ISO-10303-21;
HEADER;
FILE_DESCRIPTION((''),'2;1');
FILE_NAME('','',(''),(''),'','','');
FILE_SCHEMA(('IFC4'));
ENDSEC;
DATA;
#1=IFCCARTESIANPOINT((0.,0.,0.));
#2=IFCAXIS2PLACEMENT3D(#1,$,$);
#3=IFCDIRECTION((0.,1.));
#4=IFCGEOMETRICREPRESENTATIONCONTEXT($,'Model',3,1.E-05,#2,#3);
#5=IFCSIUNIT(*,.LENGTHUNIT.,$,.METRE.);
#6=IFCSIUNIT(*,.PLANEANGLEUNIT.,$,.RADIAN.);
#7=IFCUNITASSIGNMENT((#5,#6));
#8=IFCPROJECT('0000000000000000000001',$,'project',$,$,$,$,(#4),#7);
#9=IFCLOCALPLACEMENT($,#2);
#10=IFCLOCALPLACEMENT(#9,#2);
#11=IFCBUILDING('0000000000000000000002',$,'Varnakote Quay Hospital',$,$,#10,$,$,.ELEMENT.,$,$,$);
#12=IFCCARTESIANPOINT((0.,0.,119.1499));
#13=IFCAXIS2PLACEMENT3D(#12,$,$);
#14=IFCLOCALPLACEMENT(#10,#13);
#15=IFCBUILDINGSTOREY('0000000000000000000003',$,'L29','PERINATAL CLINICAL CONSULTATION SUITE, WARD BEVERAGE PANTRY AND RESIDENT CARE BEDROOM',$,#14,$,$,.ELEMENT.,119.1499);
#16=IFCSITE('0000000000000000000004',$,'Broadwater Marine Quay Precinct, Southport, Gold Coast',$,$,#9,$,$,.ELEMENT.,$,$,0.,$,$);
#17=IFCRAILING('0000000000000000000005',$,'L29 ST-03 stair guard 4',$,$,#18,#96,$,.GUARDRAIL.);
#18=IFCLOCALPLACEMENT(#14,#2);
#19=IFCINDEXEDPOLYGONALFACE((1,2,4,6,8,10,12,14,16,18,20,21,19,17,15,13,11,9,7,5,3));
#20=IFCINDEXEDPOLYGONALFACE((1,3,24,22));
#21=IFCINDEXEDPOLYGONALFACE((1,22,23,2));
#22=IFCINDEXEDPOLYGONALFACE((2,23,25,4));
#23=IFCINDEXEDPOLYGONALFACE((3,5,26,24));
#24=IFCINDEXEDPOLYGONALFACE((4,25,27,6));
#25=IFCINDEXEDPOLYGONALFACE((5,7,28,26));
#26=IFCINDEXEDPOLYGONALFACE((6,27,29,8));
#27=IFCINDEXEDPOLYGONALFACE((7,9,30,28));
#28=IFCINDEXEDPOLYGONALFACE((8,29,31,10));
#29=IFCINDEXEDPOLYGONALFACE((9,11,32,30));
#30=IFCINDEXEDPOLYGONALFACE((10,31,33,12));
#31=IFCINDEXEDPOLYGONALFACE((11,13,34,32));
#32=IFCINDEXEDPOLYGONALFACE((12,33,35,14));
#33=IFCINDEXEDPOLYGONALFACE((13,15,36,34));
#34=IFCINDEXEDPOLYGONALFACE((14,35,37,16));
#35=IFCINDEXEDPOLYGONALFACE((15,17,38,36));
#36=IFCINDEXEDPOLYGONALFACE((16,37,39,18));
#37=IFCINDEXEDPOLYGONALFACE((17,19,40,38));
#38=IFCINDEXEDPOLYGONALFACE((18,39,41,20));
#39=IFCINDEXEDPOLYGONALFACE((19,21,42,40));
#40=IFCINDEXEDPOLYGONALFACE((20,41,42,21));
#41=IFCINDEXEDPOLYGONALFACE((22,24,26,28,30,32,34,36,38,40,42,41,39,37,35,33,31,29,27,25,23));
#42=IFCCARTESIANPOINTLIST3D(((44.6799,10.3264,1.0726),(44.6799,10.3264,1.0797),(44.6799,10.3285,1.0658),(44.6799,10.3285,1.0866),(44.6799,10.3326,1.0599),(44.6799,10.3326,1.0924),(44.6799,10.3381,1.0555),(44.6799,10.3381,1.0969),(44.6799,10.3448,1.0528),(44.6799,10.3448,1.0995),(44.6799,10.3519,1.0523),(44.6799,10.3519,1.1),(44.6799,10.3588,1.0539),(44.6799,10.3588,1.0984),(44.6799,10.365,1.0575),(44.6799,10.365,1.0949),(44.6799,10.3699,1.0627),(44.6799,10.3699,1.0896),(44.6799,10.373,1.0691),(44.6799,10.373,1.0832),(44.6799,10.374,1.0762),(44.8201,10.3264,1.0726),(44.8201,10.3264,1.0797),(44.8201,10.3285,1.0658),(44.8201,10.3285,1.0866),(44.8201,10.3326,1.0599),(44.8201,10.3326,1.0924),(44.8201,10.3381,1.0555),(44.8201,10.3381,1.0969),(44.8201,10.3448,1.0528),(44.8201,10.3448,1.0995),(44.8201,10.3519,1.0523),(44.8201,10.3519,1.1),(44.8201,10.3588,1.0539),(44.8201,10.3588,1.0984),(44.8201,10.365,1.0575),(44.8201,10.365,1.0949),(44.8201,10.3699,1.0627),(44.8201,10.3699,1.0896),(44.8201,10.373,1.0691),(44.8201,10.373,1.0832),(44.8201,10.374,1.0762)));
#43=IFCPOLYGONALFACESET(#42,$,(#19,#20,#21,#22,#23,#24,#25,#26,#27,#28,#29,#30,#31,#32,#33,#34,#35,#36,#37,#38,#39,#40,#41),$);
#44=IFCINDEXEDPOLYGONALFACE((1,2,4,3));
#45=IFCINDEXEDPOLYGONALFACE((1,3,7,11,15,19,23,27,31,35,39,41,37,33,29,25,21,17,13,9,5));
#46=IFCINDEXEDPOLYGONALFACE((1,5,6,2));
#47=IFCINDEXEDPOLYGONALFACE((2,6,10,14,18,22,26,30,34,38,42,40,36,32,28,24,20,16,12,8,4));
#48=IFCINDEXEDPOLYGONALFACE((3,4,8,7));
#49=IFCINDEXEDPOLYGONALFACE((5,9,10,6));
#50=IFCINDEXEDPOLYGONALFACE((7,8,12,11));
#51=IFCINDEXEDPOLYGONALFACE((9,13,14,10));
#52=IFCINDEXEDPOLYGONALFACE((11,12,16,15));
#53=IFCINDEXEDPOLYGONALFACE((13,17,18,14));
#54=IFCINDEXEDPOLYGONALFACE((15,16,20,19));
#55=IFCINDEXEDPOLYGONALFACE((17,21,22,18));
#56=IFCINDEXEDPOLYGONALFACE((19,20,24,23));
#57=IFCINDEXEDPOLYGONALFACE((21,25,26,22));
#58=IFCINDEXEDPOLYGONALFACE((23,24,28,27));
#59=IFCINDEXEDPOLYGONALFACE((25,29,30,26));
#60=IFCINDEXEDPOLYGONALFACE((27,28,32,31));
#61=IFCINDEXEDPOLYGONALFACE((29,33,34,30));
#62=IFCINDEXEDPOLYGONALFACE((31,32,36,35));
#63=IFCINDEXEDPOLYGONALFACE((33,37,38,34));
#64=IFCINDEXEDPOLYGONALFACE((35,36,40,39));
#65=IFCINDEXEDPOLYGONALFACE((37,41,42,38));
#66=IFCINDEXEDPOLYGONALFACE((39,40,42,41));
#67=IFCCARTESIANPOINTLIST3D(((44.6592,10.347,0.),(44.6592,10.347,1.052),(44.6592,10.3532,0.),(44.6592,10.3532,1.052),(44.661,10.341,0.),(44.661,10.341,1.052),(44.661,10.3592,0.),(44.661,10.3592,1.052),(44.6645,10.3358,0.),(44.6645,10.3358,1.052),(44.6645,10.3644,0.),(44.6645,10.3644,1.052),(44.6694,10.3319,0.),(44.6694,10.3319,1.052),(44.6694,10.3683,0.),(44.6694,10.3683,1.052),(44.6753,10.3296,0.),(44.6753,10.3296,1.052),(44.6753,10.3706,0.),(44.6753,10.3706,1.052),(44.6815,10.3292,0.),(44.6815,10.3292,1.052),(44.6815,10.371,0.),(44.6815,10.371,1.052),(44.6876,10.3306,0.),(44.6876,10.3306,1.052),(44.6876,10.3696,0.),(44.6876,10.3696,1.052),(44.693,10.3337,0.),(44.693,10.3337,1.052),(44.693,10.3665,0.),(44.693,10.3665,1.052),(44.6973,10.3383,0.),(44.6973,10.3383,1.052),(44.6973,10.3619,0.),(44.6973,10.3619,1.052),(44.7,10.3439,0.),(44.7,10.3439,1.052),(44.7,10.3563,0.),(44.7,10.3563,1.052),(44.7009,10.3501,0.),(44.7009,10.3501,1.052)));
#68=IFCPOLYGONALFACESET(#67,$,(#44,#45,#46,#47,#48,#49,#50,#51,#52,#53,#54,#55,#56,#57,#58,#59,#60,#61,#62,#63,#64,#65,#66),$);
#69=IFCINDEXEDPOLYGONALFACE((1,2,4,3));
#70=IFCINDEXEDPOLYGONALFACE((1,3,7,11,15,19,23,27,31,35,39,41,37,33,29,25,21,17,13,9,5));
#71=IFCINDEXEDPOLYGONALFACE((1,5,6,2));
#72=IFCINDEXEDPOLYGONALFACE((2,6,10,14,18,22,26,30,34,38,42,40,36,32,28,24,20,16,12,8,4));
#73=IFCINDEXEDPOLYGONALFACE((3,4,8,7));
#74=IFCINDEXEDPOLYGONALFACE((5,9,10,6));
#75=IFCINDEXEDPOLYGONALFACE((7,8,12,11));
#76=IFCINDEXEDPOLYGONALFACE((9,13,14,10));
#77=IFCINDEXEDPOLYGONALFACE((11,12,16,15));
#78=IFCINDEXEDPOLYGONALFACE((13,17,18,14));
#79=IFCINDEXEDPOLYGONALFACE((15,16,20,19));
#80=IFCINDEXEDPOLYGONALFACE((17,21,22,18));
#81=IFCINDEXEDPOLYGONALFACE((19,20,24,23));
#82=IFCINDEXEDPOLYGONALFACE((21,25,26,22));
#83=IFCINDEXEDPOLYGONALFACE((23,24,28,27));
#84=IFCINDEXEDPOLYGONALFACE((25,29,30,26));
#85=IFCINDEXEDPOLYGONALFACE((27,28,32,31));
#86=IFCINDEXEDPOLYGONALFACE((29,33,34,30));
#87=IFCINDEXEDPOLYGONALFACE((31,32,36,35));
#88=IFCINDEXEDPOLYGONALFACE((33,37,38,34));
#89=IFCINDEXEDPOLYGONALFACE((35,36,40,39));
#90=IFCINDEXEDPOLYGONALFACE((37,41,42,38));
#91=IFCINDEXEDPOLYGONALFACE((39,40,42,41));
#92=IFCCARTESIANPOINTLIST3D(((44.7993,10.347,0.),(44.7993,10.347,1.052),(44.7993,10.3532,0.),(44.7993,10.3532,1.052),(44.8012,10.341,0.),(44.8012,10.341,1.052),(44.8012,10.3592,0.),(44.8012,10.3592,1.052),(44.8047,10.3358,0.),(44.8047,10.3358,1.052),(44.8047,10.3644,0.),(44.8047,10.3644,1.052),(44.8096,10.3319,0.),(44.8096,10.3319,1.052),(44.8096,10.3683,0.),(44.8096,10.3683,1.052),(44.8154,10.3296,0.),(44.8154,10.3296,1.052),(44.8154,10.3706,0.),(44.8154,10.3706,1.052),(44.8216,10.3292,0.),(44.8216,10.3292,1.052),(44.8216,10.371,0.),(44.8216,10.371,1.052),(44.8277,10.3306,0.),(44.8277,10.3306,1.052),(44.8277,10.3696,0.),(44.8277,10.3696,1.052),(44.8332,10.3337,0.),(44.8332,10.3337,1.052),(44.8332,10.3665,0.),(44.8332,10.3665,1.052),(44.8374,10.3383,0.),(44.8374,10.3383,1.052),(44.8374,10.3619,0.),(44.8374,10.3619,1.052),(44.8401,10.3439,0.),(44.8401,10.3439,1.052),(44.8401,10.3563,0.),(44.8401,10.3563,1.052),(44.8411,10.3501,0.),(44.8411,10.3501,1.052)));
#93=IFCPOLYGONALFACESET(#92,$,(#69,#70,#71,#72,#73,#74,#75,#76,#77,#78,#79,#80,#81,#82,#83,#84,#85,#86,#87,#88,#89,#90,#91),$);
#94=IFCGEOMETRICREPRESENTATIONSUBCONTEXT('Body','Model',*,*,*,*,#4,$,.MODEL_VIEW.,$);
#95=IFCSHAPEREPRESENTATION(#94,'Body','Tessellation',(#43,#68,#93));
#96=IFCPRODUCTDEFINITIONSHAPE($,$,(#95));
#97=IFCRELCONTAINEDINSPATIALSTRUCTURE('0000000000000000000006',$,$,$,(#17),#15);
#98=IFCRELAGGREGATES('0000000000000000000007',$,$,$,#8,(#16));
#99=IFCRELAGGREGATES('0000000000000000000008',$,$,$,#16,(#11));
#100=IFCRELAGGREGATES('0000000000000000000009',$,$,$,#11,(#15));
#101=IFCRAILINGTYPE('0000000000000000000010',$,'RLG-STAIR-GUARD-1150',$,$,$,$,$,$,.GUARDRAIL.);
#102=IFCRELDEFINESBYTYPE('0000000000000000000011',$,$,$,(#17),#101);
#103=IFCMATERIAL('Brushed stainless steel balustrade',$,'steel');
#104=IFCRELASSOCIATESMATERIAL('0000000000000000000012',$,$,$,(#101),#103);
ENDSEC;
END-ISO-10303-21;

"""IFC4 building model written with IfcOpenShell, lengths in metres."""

from ifc_helpers import new_model, si_unit, direction, frame, origin, origin_2d, place, context, subcontext, project, spatial, circle, extrude, material, type_object, element, save


model = new_model("IFC4")

# Units and contexts
model_context = context("Model", 3, precision=1e-05, world=origin(), true_north=direction((0.0, 1.0)))
body_context = subcontext(model_context, "Body", "Model", "MODEL_VIEW")
ifc_project = project(units=[si_unit("LENGTHUNIT", "METRE"), si_unit("PLANEANGLEUNIT", "RADIAN")], contexts=[model_context])

# Site, building, storey
site_placement = place(None, origin())
site = spatial("IfcSite", under=ifc_project, at=site_placement, Name="Broadwater Marine Quay Precinct, Southport, Gold Coast", CompositionType="ELEMENT", RefElevation=0.0)
building_placement = place(site_placement, origin())
building = spatial("IfcBuilding", under=site, at=building_placement, Name="Varnakote Quay Hospital", CompositionType="ELEMENT")
storey_placement = place(building_placement, frame((0.0, 0.0, 119.1499)))
storey = spatial("IfcBuildingStorey", under=building, at=storey_placement, Name="L29", Description="PERINATAL CLINICAL CONSULTATION SUITE, WARD BEVERAGE PANTRY AND RESIDENT CARE BEDROOM", CompositionType="ELEMENT", Elevation=119.1499)

# Railing
ifc_material_1 = material(Name="Brushed stainless steel balustrade", Category="steel")
railing_type_1 = type_object("IfcRailingType", Name="RLG-STAIR-GUARD-1150", PredefinedType="GUARDRAIL", material=ifc_material_1)
railing_1_placement = place(storey_placement, frame((44.6799, 10.3501, 0.0)))
element("IfcRailing", 1, at=railing_1_placement, inside=storey, type_object=railing_type_1, Name="L29 ST-03 stair guard 4", PredefinedType="GUARDRAIL", context=body_context, shape_type="SweptSolid", body=[
    extrude(circle(Radius=0.0239, at=origin_2d()), frame((0.0, 0.0, 1.0762), z_axis=(1.0, 0.0, 0.0), x_axis=(0.0, 1.0, 0.0)), (0.0, 0.0, 1.0), 0.1401),
    extrude(circle(Radius=0.021, at=origin_2d()), origin(), (0.0, 0.0, 1.0), 1.052),
    extrude(circle(Radius=0.021, at=origin_2d()), frame((0.1401, 0.0, 0.0)), (0.0, 0.0, 1.0), 1.052),
])

save(model, "model.ifc")
